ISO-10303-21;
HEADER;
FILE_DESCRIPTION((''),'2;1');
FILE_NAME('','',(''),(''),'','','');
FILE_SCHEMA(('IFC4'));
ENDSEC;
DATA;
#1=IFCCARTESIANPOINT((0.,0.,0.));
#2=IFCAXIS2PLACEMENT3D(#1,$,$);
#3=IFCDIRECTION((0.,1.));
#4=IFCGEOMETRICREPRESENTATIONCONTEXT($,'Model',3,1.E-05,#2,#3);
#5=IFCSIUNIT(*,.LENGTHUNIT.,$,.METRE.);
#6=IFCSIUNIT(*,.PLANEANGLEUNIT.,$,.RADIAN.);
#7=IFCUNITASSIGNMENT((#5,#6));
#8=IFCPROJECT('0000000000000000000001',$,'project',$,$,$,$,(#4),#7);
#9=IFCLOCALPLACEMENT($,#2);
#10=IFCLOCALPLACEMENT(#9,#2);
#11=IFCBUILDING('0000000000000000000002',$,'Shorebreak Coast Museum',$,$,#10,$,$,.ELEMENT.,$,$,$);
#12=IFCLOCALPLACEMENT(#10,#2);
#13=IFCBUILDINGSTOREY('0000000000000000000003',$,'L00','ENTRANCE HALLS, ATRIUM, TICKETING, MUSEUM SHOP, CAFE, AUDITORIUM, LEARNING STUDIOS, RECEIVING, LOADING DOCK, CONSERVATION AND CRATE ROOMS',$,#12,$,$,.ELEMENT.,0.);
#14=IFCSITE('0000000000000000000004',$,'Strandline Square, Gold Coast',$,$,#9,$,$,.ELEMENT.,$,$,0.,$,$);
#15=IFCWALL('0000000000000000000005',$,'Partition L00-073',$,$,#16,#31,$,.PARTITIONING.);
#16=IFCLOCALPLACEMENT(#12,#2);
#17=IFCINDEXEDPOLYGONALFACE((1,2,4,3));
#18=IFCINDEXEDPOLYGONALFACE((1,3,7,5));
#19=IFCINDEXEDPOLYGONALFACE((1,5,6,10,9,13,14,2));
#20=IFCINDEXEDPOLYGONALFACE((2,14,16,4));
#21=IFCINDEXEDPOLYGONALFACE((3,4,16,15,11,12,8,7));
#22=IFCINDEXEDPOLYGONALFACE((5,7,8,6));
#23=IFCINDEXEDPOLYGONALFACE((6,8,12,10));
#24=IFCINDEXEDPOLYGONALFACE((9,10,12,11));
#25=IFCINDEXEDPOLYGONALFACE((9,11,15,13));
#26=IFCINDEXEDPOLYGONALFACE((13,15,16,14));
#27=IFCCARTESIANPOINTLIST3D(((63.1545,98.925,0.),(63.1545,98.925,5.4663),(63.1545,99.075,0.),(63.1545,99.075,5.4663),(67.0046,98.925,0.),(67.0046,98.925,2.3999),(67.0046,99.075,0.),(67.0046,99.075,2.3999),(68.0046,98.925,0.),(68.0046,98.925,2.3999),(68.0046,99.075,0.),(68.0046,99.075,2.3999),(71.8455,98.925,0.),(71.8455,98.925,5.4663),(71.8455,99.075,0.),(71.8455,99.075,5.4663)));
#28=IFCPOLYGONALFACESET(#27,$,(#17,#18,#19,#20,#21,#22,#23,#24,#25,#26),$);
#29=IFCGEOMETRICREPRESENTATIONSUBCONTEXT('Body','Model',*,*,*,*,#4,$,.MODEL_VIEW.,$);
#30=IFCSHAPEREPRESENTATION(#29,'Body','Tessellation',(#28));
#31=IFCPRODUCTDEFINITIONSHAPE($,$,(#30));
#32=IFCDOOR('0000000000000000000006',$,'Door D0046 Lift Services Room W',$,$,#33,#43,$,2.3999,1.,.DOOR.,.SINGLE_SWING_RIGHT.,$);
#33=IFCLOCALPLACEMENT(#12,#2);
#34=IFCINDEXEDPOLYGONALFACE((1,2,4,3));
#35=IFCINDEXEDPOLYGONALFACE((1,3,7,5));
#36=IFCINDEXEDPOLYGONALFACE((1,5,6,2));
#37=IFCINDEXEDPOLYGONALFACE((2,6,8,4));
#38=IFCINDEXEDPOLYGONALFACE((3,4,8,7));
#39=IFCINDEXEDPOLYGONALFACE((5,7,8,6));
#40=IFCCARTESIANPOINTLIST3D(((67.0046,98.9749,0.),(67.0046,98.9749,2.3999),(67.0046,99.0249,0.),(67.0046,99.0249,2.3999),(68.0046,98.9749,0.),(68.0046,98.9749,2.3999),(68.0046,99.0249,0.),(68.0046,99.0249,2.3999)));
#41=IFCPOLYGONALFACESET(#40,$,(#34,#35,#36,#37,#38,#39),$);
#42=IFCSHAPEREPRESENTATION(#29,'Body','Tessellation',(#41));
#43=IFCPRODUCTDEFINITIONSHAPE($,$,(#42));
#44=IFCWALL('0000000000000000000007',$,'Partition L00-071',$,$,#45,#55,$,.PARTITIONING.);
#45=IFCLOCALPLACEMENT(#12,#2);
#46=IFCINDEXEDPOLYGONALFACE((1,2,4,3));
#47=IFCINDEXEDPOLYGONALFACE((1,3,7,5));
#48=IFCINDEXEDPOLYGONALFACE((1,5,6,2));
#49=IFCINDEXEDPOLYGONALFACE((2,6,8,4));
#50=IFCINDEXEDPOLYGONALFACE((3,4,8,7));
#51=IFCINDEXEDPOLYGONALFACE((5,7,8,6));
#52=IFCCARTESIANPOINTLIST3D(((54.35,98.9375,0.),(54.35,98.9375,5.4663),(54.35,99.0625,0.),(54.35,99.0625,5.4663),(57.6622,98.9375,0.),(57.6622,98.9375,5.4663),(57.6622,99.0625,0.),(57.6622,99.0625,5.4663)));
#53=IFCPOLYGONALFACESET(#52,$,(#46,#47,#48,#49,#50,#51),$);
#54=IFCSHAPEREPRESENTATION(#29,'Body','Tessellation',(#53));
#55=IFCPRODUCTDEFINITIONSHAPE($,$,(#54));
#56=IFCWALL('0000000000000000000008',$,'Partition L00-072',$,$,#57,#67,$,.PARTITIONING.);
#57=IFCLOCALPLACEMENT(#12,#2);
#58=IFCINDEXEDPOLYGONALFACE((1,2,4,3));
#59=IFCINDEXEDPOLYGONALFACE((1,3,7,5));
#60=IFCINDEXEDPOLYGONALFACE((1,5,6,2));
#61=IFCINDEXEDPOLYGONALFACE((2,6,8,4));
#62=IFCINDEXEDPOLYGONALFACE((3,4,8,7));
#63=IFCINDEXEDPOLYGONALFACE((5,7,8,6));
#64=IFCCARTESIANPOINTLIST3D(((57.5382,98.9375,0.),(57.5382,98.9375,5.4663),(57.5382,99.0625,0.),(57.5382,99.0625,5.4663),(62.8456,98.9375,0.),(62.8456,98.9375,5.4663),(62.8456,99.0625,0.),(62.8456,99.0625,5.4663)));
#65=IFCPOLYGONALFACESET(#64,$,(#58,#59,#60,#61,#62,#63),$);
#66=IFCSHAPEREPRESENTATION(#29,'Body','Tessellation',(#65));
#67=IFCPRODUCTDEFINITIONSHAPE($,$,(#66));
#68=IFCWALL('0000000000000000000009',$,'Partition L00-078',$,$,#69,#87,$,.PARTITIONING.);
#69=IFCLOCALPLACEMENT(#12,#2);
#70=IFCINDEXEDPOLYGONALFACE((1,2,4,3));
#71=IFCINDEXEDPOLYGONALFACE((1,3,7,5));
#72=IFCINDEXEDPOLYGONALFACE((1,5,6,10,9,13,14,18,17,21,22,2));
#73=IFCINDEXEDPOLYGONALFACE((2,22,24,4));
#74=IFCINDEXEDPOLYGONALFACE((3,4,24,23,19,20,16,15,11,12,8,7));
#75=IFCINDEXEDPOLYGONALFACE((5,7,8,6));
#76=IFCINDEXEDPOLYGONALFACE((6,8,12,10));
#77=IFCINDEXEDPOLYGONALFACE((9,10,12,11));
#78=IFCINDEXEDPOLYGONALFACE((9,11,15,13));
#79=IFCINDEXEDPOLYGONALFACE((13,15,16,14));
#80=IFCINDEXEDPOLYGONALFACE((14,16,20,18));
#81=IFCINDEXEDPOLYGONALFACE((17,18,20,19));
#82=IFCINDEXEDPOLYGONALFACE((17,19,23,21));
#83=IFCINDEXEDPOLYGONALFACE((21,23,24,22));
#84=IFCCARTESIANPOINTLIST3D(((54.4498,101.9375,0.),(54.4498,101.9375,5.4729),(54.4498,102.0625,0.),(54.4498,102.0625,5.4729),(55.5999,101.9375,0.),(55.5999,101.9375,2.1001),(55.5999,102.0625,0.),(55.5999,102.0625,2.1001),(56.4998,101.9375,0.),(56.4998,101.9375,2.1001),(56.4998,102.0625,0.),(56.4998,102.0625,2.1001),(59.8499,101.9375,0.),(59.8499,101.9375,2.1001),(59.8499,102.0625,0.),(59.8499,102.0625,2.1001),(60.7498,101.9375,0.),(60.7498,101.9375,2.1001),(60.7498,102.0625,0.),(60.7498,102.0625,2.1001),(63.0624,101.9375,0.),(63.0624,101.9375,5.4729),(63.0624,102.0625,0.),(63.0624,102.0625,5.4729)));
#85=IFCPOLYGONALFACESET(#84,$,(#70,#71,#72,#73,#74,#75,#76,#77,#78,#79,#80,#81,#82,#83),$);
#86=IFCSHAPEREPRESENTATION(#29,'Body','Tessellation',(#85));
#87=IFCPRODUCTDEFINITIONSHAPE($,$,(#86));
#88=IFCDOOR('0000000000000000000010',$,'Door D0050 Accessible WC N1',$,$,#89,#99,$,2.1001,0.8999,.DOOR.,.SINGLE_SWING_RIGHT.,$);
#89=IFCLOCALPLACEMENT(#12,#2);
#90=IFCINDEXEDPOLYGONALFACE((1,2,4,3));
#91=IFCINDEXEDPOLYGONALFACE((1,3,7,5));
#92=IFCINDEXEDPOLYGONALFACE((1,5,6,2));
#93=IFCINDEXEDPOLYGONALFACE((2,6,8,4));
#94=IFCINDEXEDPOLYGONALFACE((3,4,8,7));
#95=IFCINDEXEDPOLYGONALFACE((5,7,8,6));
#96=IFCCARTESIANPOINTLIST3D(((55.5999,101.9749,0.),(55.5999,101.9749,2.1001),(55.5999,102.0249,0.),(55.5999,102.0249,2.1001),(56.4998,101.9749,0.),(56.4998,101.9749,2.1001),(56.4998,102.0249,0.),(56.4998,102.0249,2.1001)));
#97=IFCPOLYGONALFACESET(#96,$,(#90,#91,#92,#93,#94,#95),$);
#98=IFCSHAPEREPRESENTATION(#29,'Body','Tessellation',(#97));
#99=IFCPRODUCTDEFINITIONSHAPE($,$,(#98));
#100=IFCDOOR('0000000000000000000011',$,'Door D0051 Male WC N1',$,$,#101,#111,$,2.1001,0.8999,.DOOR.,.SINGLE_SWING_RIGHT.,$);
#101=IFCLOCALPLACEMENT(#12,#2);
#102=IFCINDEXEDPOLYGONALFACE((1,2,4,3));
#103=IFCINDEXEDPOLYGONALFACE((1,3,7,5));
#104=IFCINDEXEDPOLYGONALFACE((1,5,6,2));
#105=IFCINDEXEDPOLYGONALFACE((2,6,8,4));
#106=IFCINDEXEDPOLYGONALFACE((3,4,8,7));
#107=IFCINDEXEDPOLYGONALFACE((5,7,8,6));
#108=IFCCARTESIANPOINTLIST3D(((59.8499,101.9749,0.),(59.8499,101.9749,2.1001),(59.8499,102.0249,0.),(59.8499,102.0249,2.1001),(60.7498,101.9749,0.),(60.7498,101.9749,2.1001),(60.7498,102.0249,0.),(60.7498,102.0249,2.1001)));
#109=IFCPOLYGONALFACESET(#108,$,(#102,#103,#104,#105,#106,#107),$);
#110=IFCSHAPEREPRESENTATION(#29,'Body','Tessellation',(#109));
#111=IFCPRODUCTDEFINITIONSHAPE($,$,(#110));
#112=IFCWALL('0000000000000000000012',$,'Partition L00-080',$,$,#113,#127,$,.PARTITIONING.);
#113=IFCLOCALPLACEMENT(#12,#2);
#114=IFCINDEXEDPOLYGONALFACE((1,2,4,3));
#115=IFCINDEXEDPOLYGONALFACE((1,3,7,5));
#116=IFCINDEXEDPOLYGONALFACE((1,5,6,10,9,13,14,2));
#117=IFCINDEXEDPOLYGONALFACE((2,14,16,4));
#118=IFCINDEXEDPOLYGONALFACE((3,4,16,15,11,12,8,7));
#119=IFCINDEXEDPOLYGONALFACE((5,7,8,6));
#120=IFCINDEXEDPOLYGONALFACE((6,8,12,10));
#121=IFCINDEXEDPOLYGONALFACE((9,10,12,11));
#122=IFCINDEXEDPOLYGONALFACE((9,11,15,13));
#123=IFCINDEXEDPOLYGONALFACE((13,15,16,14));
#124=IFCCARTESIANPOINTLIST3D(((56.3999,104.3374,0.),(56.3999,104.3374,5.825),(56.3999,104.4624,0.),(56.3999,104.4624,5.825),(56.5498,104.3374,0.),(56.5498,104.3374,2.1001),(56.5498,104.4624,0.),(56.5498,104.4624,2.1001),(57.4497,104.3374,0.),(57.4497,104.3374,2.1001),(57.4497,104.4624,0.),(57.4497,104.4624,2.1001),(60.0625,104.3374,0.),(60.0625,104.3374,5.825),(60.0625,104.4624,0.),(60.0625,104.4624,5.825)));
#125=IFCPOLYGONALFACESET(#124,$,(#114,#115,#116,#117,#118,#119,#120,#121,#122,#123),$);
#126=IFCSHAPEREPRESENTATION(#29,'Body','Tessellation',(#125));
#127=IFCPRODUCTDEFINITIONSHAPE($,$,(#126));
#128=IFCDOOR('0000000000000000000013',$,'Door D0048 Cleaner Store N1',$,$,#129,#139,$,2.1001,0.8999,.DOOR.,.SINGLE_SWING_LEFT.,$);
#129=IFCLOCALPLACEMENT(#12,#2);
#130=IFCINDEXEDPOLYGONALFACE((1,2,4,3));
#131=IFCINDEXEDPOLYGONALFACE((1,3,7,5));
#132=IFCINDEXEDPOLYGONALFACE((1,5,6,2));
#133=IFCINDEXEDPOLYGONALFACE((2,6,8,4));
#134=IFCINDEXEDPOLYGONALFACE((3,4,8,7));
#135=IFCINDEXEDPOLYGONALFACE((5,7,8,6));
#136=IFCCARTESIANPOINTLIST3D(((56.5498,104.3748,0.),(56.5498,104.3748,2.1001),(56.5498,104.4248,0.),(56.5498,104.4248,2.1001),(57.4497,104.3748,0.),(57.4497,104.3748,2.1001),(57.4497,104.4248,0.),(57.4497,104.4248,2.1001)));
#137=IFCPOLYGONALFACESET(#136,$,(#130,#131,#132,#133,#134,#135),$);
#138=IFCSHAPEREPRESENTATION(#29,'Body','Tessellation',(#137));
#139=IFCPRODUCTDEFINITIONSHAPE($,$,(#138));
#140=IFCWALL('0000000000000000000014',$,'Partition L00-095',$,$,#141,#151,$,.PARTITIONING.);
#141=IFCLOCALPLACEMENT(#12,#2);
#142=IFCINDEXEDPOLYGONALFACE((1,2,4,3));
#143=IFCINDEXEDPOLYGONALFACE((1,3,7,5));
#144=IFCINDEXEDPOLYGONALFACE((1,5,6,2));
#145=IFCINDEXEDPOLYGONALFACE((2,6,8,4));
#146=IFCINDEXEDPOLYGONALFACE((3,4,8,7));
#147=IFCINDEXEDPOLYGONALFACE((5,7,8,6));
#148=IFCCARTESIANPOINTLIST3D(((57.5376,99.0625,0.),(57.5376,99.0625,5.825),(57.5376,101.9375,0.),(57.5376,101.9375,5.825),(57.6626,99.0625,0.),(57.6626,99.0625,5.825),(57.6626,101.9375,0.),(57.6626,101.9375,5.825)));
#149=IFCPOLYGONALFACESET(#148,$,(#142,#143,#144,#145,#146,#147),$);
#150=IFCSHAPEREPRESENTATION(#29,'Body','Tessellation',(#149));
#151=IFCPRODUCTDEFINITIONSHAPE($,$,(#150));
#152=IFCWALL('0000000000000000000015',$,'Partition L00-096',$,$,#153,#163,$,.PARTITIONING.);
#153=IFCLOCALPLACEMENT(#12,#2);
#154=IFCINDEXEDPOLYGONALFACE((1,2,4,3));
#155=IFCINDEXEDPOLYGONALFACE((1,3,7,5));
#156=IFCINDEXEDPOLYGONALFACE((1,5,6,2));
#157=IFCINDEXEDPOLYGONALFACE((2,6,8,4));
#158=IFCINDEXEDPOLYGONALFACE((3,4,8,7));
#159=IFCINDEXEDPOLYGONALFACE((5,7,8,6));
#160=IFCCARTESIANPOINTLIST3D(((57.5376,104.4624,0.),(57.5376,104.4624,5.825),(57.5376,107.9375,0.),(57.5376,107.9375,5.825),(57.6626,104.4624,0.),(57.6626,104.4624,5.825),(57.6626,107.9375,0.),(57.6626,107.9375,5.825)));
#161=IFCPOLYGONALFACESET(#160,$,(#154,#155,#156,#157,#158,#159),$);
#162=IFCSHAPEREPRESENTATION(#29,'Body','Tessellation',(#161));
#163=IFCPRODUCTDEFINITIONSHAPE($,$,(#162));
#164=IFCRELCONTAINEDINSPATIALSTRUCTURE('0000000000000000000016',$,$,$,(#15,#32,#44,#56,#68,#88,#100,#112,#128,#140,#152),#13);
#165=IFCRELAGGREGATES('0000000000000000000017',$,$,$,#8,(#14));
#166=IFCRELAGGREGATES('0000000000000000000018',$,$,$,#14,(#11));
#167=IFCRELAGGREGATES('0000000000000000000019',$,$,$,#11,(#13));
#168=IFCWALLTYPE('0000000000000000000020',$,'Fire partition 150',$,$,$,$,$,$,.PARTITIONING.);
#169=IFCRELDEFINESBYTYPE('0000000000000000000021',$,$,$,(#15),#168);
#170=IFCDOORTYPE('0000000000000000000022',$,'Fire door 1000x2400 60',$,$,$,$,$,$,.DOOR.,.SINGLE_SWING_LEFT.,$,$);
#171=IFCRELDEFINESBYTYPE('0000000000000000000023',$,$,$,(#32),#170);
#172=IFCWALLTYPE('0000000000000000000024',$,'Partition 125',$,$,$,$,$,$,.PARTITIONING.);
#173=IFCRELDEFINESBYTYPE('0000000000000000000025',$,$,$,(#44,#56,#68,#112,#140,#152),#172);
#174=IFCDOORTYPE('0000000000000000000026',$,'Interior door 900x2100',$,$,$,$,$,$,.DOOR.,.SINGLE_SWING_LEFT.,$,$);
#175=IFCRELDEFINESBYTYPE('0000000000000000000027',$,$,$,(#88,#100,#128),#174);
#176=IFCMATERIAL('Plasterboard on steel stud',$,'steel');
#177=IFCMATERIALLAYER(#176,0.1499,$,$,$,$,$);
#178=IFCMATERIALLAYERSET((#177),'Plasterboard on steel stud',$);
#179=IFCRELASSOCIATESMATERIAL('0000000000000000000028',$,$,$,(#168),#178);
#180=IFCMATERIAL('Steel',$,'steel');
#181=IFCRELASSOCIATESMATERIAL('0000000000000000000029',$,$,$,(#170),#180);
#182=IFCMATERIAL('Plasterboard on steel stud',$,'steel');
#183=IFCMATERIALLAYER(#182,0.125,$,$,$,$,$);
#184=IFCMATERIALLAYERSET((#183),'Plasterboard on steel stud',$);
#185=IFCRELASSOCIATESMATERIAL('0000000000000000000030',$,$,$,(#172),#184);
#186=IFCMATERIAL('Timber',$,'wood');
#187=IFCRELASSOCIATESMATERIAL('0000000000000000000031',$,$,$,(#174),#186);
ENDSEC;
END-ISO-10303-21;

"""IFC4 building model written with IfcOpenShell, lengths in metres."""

from ifc_helpers import new_model, si_unit, direction, frame, frame_2d, origin, place, context, subcontext, project, spatial, rectangle, extrude, material, layer, layer_set, type_object, element, fill, save


model = new_model("IFC4")

# Units and contexts
model_context = context("Model", 3, precision=1e-05, world=origin(), true_north=direction((0.0, 1.0)))
body_context = subcontext(model_context, "Body", "Model", "MODEL_VIEW")
ifc_project = project(units=[si_unit("LENGTHUNIT", "METRE"), si_unit("PLANEANGLEUNIT", "RADIAN")], contexts=[model_context])

# Site, building, storey
site_placement = place(None, origin())
site = spatial("IfcSite", under=ifc_project, at=site_placement, Name="Strandline Square, Gold Coast", CompositionType="ELEMENT", RefElevation=0.0)
building_placement = place(site_placement, origin())
building = spatial("IfcBuilding", under=site, at=building_placement, Name="Shorebreak Coast Museum", CompositionType="ELEMENT")
storey_placement = place(building_placement, origin())
storey = spatial("IfcBuildingStorey", under=building, at=storey_placement, Name="L00", Description="ENTRANCE HALLS, ATRIUM, TICKETING, MUSEUM SHOP, CAFE, AUDITORIUM, LEARNING STUDIOS, RECEIVING, LOADING DOCK, CONSERVATION AND CRATE ROOMS", CompositionType="ELEMENT", Elevation=0.0)

# Wall, opening, door
ifc_material_1 = material(Name="Plasterboard on steel stud", Category="steel")
ifc_layer_1 = layer(ifc_material_1, 0.1499)
ifc_layer_set_1 = layer_set([ifc_layer_1], Name="Plasterboard on steel stud")
wall_type_1 = type_object("IfcWallType", Name="Fire partition 150", PredefinedType="PARTITIONING", material=ifc_layer_set_1)
wall_1_placement = place(storey_placement, frame((63.1545, 99.0, 0.0), z_axis=(0.0, 0.0, 1.0), x_axis=(1.0, 0.0, 0.0)))
wall_1 = element("IfcWall", 1, at=wall_1_placement, inside=storey, type_object=wall_type_1, Name="Partition L00-073", PredefinedType="PARTITIONING", context=body_context, shape_type="SweptSolid", body=[
    extrude(rectangle(XDim=8.6909, YDim=0.1499, at=frame_2d((4.3455, 0.0))), origin(), (0.0, 0.0, 1.0), 5.4663),
])
opening_1_placement = place(wall_1_placement, frame((3.8501, 0.0, 0.0)))
opening_1 = element("IfcOpeningElement", 2, at=opening_1_placement, cuts=wall_1, PredefinedType="OPENING", context=body_context, shape_type="SweptSolid", body=[
    extrude(rectangle(XDim=1.0, YDim=2.3999, at=frame_2d((0.5, 1.2))), frame((0.0, 0.085, 0.0), z_axis=(0.0, -1.0, 0.0), x_axis=(1.0, 0.0, 0.0)), (0.0, 0.0, 1.0), 0.1699),
])
ifc_material_2 = material(Name="Steel", Category="steel")
door_type_1 = type_object("IfcDoorType", Name="Fire door 1000x2400 60", OperationType="SINGLE_SWING_LEFT", PredefinedType="DOOR", material=ifc_material_2)
door_1_placement = place(opening_1_placement, origin())
door_1 = element("IfcDoor", 3, at=door_1_placement, inside=storey, type_object=door_type_1, Name="Door D0046 Lift Services Room W", OperationType="SINGLE_SWING_RIGHT", OverallHeight=2.3999, OverallWidth=1.0, PredefinedType="DOOR", context=body_context, shape_type="SweptSolid", body=[
    extrude(rectangle(XDim=1.0, YDim=2.3999, at=frame_2d((0.5, 1.2))), frame((0.0, 0.0249, 0.0), z_axis=(0.0, -1.0, 0.0), x_axis=(1.0, 0.0, 0.0)), (0.0, 0.0, 1.0), 0.05),
])
fill(opening_1, door_1)

# Walls
ifc_material_3 = material(Name="Plasterboard on steel stud", Category="steel")
ifc_layer_2 = layer(ifc_material_3, 0.125)
ifc_layer_set_2 = layer_set([ifc_layer_2], Name="Plasterboard on steel stud")
wall_type_2 = type_object("IfcWallType", Name="Partition 125", PredefinedType="PARTITIONING", material=ifc_layer_set_2)
wall_2_placement = place(storey_placement, frame((54.3499, 99.0, 0.0), z_axis=(0.0, 0.0, 1.0), x_axis=(1.0, 0.0, 0.0)))
element("IfcWall", 4, at=wall_2_placement, inside=storey, type_object=wall_type_2, Name="Partition L00-071", PredefinedType="PARTITIONING", context=body_context, shape_type="SweptSolid", body=[
    extrude(rectangle(XDim=3.3123, YDim=0.125, at=frame_2d((1.6562, 0.0))), origin(), (0.0, 0.0, 1.0), 5.4663),
])
wall_3_placement = place(storey_placement, frame((57.5381, 99.0, 0.0), z_axis=(0.0, 0.0, 1.0), x_axis=(1.0, 0.0, 0.0)))
element("IfcWall", 5, at=wall_3_placement, inside=storey, type_object=wall_type_2, Name="Partition L00-072", PredefinedType="PARTITIONING", context=body_context, shape_type="SweptSolid", body=[
    extrude(rectangle(XDim=5.3074, YDim=0.125, at=frame_2d((2.6538, 0.0))), origin(), (0.0, 0.0, 1.0), 5.4663),
])

# Wall, openings, doors
wall_4_placement = place(storey_placement, frame((54.45, 102.0, 0.0), z_axis=(0.0, 0.0, 1.0), x_axis=(1.0, 0.0, 0.0)))
wall_4 = element("IfcWall", 6, at=wall_4_placement, inside=storey, type_object=wall_type_2, Name="Partition L00-078", PredefinedType="PARTITIONING", context=body_context, shape_type="SweptSolid", body=[
    extrude(rectangle(XDim=8.6125, YDim=0.125, at=frame_2d((4.3062, 0.0))), origin(), (0.0, 0.0, 1.0), 5.4729),
])
opening_2_placement = place(wall_4_placement, frame((1.1499, 0.0, 0.0)))
opening_2 = element("IfcOpeningElement", 7, at=opening_2_placement, cuts=wall_4, PredefinedType="OPENING", context=body_context, shape_type="SweptSolid", body=[
    extrude(rectangle(XDim=0.8999, YDim=2.1001, at=frame_2d((0.45, 1.05))), frame((0.0, 0.0725, 0.0), z_axis=(0.0, -1.0, 0.0), x_axis=(1.0, 0.0, 0.0)), (0.0, 0.0, 1.0), 0.145),
])
opening_3_placement = place(wall_4_placement, frame((5.3999, 0.0, 0.0)))
opening_3 = element("IfcOpeningElement", 8, at=opening_3_placement, cuts=wall_4, PredefinedType="OPENING", context=body_context, shape_type="SweptSolid", body=[
    extrude(rectangle(XDim=0.8999, YDim=2.1001, at=frame_2d((0.45, 1.05))), frame((0.0, 0.0725, 0.0), z_axis=(0.0, -1.0, 0.0), x_axis=(1.0, 0.0, 0.0)), (0.0, 0.0, 1.0), 0.145),
])
ifc_material_4 = material(Name="Timber", Category="wood")
door_type_2 = type_object("IfcDoorType", Name="Interior door 900x2100", OperationType="SINGLE_SWING_LEFT", PredefinedType="DOOR", material=ifc_material_4)
door_2_placement = place(opening_2_placement, origin())
door_2 = element("IfcDoor", 9, at=door_2_placement, inside=storey, type_object=door_type_2, Name="Door D0050 Accessible WC N1", OperationType="SINGLE_SWING_RIGHT", OverallHeight=2.1001, OverallWidth=0.8999, PredefinedType="DOOR", context=body_context, shape_type="SweptSolid", body=[
    extrude(rectangle(XDim=0.8999, YDim=2.1001, at=frame_2d((0.45, 1.05))), frame((0.0, 0.0249, 0.0), z_axis=(0.0, -1.0, 0.0), x_axis=(1.0, 0.0, 0.0)), (0.0, 0.0, 1.0), 0.05),
])
fill(opening_2, door_2)
door_3_placement = place(opening_3_placement, origin())
door_3 = element("IfcDoor", 10, at=door_3_placement, inside=storey, type_object=door_type_2, Name="Door D0051 Male WC N1", OperationType="SINGLE_SWING_RIGHT", OverallHeight=2.1001, OverallWidth=0.8999, PredefinedType="DOOR", context=body_context, shape_type="SweptSolid", body=[
    extrude(rectangle(XDim=0.8999, YDim=2.1001, at=frame_2d((0.45, 1.05))), frame((0.0, 0.0249, 0.0), z_axis=(0.0, -1.0, 0.0), x_axis=(1.0, 0.0, 0.0)), (0.0, 0.0, 1.0), 0.05),
])
fill(opening_3, door_3)

# Wall, opening, door
wall_5_placement = place(storey_placement, frame((56.3999, 104.3999, 0.0), z_axis=(0.0, 0.0, 1.0), x_axis=(1.0, 0.0, 0.0)))
wall_5 = element("IfcWall", 11, at=wall_5_placement, inside=storey, type_object=wall_type_2, Name="Partition L00-080", PredefinedType="PARTITIONING", context=body_context, shape_type="SweptSolid", body=[
    extrude(rectangle(XDim=3.6626, YDim=0.125, at=frame_2d((1.8313, 0.0))), origin(), (0.0, 0.0, 1.0), 5.825),
])
opening_4_placement = place(wall_5_placement, frame((0.1499, 0.0, 0.0)))
opening_4 = element("IfcOpeningElement", 12, at=opening_4_placement, cuts=wall_5, PredefinedType="OPENING", context=body_context, shape_type="SweptSolid", body=[
    extrude(rectangle(XDim=0.8999, YDim=2.1001, at=frame_2d((0.45, 1.05))), frame((0.0, 0.0725, 0.0), z_axis=(0.0, -1.0, 0.0), x_axis=(1.0, 0.0, 0.0)), (0.0, 0.0, 1.0), 0.145),
])
door_4_placement = place(opening_4_placement, origin())
door_4 = element("IfcDoor", 13, at=door_4_placement, inside=storey, type_object=door_type_2, Name="Door D0048 Cleaner Store N1", OperationType="SINGLE_SWING_LEFT", OverallHeight=2.1001, OverallWidth=0.8999, PredefinedType="DOOR", context=body_context, shape_type="SweptSolid", body=[
    extrude(rectangle(XDim=0.8999, YDim=2.1001, at=frame_2d((0.45, 1.05))), frame((0.0, 0.0249, 0.0), z_axis=(0.0, -1.0, 0.0), x_axis=(1.0, 0.0, 0.0)), (0.0, 0.0, 1.0), 0.05),
])
fill(opening_4, door_4)

# Walls
wall_6_placement = place(storey_placement, frame((57.6001, 99.0625, 0.0), z_axis=(0.0, 0.0, 1.0), x_axis=(0.0, 1.0, 0.0)))
element("IfcWall", 14, at=wall_6_placement, inside=storey, type_object=wall_type_2, Name="Partition L00-095", PredefinedType="PARTITIONING", context=body_context, shape_type="SweptSolid", body=[
    extrude(rectangle(XDim=2.875, YDim=0.125, at=frame_2d((1.4375, 0.0))), origin(), (0.0, 0.0, 1.0), 5.825),
])
wall_7_placement = place(storey_placement, frame((57.6001, 104.4624, 0.0), z_axis=(0.0, 0.0, 1.0), x_axis=(0.0, 1.0, 0.0)))
element("IfcWall", 15, at=wall_7_placement, inside=storey, type_object=wall_type_2, Name="Partition L00-096", PredefinedType="PARTITIONING", context=body_context, shape_type="SweptSolid", body=[
    extrude(rectangle(XDim=3.4751, YDim=0.125, at=frame_2d((1.7375, 0.0))), origin(), (0.0, 0.0, 1.0), 5.825),
])

save(model, "model.ifc")
